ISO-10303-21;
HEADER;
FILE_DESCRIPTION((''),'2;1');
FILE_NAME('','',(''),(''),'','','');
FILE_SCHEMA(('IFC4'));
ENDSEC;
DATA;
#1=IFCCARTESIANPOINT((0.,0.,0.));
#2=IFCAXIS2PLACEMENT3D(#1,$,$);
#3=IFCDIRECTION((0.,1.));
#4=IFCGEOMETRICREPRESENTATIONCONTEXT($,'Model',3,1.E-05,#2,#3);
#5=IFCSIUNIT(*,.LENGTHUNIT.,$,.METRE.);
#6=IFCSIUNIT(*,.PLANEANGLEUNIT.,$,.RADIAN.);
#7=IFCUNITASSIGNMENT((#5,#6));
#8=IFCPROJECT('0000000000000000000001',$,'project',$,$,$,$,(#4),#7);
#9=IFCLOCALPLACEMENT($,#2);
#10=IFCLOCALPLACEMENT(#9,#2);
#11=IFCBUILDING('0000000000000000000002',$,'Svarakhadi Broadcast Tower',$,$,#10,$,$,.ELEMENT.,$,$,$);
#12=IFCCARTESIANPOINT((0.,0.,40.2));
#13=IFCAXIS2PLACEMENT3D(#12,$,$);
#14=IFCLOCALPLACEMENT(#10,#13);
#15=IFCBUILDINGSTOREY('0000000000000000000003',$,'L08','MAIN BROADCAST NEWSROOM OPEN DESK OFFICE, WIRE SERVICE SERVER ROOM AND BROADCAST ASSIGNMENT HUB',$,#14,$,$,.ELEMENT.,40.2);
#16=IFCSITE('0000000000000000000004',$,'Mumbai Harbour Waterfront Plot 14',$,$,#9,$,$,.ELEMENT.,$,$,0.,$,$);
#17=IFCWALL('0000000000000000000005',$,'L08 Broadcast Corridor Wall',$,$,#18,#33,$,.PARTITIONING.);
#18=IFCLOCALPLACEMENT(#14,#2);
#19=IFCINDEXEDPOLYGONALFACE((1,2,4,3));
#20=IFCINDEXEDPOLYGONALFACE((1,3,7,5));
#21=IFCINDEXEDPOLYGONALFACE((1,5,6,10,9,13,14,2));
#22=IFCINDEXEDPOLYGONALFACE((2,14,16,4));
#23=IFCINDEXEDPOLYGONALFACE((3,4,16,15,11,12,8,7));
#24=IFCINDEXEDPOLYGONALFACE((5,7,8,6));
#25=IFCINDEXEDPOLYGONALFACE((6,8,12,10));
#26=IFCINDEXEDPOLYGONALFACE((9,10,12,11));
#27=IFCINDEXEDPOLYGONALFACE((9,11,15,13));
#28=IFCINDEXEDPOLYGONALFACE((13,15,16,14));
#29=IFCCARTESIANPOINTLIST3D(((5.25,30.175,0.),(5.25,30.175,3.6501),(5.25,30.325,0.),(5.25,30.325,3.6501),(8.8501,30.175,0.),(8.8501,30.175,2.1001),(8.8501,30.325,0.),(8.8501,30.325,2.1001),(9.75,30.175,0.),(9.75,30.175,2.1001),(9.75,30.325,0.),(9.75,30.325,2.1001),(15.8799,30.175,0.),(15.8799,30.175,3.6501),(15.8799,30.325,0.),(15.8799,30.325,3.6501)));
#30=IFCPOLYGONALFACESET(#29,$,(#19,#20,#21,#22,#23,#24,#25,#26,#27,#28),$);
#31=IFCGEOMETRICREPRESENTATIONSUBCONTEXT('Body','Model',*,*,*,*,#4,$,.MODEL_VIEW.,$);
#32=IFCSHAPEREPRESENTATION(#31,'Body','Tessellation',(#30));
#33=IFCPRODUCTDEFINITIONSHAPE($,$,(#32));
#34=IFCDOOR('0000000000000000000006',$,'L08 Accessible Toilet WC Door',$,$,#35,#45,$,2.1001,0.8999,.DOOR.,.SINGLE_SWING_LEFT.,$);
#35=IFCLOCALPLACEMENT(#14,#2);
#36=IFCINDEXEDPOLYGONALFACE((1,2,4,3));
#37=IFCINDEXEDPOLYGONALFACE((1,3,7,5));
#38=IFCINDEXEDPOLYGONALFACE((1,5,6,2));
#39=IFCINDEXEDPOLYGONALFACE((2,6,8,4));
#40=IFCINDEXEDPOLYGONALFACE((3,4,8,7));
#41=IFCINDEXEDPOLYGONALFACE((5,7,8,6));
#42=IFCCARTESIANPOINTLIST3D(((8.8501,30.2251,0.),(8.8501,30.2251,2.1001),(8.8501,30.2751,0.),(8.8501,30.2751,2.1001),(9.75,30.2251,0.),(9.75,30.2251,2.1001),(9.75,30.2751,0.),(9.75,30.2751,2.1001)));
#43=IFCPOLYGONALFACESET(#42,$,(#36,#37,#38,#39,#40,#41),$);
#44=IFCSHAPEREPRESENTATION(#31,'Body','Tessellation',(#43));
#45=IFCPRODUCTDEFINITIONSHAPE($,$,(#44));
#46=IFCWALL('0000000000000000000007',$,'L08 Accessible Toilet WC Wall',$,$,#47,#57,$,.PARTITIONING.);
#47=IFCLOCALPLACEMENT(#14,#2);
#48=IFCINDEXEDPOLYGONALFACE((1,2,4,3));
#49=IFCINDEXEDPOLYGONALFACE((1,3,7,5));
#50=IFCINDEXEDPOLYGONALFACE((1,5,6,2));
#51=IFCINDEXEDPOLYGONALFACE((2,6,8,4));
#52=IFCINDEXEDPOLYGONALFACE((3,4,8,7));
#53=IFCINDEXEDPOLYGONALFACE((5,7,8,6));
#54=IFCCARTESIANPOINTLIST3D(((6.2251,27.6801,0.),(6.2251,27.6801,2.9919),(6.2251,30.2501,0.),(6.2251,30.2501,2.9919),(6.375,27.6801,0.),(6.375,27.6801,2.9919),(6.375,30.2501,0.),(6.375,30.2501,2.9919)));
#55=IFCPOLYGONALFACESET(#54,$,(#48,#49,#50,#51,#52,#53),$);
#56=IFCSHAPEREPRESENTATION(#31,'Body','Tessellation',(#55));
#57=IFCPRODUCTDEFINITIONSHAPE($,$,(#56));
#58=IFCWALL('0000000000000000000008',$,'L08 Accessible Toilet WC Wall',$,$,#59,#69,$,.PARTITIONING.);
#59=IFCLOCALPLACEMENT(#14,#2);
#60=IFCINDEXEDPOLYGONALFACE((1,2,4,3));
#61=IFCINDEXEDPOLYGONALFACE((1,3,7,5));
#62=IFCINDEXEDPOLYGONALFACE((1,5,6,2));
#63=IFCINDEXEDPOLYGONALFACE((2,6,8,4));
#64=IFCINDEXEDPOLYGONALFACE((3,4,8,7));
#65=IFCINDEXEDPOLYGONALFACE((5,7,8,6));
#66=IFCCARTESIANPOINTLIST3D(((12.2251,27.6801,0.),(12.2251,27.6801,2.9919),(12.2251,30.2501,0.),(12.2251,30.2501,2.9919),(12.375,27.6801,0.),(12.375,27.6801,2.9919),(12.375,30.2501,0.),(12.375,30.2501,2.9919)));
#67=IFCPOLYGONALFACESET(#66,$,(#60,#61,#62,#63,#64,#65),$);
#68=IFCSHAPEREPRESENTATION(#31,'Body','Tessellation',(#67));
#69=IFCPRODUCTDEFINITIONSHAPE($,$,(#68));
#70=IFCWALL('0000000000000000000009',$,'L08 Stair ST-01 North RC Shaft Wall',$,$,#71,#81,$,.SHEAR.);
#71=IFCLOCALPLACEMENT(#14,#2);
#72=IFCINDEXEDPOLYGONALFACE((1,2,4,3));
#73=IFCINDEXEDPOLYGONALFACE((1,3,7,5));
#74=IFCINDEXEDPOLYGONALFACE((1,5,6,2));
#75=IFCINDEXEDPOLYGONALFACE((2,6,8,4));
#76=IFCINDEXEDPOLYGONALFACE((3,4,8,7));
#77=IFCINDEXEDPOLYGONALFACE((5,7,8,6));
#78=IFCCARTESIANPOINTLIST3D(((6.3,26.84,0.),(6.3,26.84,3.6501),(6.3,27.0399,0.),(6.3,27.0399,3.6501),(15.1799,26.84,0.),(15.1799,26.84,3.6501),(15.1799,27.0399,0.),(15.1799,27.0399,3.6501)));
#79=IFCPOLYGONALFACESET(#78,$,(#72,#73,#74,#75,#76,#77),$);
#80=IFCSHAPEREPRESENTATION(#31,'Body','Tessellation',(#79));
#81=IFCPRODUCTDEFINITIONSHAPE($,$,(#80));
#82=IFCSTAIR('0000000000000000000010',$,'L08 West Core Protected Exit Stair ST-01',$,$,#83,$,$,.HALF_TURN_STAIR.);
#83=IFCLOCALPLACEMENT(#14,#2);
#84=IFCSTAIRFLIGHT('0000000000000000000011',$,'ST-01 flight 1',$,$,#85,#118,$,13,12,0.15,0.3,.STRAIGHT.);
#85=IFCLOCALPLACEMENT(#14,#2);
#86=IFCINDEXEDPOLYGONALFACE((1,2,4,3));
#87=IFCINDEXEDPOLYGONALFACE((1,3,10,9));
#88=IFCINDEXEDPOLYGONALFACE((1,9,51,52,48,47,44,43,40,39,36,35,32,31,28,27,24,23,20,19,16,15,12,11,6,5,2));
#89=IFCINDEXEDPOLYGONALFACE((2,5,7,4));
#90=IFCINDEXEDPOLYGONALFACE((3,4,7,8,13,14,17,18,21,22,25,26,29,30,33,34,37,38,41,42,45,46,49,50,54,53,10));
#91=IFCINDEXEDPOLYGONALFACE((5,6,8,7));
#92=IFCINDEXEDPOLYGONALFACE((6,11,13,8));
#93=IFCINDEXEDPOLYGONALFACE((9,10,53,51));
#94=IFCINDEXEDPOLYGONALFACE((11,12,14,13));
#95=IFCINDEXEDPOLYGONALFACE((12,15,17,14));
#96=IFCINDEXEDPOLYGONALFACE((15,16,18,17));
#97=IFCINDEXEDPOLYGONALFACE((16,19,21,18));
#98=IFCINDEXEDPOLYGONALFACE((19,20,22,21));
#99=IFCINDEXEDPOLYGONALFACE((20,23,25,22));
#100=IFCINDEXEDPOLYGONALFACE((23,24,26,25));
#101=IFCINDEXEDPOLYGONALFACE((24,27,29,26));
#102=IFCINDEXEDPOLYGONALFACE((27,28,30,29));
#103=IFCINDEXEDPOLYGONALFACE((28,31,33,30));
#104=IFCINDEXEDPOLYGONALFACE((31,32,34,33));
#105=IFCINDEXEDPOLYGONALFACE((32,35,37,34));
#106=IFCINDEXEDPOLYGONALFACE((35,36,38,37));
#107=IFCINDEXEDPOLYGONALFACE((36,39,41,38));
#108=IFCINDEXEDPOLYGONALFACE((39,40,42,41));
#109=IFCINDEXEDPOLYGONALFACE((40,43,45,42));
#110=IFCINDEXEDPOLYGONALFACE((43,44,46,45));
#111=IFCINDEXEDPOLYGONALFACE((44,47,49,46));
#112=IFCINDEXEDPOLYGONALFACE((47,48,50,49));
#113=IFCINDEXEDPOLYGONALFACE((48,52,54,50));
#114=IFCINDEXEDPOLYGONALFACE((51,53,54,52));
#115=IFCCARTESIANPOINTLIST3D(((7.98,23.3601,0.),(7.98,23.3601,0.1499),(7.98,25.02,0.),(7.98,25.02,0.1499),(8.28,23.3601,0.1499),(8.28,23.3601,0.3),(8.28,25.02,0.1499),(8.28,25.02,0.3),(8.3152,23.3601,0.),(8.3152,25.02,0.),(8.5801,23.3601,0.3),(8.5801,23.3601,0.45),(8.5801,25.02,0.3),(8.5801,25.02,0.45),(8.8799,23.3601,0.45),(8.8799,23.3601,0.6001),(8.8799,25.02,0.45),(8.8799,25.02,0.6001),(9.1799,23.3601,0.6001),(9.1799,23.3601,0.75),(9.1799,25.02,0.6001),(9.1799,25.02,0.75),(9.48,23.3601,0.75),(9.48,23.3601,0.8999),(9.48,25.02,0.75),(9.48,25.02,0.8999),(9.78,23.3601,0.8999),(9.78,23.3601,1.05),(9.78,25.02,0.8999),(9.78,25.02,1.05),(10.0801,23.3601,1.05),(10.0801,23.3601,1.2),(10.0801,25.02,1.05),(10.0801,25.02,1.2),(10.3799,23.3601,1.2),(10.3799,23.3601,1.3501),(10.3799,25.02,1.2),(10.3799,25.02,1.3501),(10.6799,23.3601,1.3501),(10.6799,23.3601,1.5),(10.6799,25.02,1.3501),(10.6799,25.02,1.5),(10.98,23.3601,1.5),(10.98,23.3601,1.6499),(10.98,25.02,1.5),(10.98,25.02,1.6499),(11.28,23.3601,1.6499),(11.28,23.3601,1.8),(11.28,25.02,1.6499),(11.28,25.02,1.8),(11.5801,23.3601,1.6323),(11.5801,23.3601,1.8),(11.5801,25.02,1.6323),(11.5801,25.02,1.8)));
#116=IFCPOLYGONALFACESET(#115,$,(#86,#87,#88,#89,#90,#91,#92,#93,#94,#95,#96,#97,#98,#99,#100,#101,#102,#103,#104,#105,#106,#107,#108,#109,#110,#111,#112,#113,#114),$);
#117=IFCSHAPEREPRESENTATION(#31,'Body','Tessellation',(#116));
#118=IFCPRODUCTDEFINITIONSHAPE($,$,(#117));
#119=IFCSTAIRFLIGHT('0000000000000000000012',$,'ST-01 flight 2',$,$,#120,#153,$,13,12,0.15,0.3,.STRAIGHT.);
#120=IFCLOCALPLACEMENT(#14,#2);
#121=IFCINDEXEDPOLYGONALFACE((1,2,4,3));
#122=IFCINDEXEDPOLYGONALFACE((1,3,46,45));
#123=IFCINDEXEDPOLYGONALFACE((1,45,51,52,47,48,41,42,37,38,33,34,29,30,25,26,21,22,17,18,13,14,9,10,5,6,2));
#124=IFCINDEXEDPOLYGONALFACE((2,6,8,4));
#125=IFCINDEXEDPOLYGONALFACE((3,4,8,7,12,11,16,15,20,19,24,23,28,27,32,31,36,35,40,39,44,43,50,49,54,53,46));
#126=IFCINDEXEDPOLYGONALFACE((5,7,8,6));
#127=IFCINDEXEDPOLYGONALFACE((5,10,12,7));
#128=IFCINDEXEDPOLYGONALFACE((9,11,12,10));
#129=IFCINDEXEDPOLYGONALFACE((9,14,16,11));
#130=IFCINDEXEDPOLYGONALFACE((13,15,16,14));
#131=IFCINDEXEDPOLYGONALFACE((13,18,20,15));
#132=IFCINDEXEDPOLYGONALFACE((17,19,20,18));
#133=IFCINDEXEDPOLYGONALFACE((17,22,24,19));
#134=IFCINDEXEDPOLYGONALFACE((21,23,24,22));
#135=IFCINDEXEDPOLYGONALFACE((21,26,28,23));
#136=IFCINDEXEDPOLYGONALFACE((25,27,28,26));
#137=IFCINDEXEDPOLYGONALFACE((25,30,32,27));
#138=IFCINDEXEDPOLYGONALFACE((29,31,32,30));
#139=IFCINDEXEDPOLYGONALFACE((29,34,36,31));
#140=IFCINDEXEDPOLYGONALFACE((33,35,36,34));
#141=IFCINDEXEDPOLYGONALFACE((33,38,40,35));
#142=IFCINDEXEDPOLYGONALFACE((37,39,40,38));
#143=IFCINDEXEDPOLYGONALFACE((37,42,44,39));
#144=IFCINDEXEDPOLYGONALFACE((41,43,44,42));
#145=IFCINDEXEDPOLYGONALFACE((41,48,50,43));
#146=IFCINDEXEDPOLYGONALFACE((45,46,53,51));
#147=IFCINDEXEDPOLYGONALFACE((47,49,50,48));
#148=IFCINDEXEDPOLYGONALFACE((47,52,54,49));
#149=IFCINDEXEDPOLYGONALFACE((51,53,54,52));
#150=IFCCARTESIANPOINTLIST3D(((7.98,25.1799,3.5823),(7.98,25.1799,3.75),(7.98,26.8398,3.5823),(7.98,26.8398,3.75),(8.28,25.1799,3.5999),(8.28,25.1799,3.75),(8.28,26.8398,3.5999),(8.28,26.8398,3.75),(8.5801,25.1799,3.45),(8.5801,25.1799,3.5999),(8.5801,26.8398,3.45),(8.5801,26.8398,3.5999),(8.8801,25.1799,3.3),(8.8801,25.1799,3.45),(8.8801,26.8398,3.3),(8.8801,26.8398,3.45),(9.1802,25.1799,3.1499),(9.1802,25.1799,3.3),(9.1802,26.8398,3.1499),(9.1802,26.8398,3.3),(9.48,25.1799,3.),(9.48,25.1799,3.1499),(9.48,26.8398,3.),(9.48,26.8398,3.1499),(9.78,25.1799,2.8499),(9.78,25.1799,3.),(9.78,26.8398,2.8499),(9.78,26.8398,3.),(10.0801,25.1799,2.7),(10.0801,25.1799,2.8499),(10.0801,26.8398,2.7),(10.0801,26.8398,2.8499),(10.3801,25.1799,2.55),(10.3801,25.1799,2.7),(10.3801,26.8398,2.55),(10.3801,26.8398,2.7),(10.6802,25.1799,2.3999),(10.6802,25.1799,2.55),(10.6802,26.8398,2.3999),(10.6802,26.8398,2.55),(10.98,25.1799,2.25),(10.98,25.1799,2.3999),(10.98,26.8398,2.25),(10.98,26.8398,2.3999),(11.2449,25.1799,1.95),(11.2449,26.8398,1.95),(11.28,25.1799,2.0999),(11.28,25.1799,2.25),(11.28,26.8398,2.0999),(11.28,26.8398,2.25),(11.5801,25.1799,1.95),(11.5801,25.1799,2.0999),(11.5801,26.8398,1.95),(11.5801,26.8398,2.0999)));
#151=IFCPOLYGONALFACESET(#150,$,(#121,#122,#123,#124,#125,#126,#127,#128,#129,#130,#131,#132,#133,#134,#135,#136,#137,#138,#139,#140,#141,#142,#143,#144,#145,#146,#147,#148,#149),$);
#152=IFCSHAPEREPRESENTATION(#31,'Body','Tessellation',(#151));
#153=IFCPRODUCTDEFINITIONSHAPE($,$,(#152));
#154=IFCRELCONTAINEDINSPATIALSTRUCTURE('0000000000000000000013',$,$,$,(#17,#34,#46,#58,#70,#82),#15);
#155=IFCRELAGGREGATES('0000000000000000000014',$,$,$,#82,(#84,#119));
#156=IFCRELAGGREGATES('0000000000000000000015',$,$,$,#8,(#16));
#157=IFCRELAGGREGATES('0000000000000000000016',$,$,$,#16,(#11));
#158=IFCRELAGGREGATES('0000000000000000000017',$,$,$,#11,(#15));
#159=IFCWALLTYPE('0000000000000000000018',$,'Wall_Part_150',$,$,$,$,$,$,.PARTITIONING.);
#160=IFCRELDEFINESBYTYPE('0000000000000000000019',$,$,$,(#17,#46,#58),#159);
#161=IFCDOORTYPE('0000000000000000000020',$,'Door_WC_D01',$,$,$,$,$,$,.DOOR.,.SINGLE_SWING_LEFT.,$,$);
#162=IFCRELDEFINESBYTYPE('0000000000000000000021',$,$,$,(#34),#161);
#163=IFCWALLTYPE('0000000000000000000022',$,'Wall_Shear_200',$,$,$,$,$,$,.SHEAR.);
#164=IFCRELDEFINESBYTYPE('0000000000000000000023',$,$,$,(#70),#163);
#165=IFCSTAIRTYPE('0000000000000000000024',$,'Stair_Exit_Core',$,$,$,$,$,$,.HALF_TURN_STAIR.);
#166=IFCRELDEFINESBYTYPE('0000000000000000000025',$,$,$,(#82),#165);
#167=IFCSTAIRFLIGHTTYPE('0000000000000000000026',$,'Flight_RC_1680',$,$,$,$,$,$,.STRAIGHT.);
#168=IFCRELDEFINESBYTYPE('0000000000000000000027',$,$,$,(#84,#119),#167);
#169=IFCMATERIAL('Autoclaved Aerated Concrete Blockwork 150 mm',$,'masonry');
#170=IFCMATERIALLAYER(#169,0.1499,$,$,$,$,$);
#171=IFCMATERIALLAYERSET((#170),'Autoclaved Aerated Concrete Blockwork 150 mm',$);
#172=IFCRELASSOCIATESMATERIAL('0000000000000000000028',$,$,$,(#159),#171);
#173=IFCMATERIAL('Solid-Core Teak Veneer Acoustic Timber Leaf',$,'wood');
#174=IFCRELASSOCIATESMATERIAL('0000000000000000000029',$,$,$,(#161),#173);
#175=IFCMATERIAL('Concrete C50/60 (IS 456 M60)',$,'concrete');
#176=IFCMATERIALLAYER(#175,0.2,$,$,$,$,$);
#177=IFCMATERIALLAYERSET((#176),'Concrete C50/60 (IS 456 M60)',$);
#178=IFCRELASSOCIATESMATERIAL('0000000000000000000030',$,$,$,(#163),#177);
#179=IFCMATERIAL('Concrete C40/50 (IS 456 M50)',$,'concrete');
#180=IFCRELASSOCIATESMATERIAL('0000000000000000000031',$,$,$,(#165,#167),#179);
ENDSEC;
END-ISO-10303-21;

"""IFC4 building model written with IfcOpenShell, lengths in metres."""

from ifc_helpers import new_model, si_unit, direction, frame, frame_2d, origin, place, context, subcontext, project, spatial, polyline, rectangle, outline, extrude, material, layer, layer_set, type_object, element, fill, aggregate, save


model = new_model("IFC4")

# Units and contexts
model_context = context("Model", 3, precision=1e-05, world=origin(), true_north=direction((0.0, 1.0)))
body_context = subcontext(model_context, "Body", "Model", "MODEL_VIEW")
ifc_project = project(units=[si_unit("LENGTHUNIT", "METRE"), si_unit("PLANEANGLEUNIT", "RADIAN")], contexts=[model_context])

# Site, building, storey
site_placement = place(None, origin())
site = spatial("IfcSite", under=ifc_project, at=site_placement, Name="Mumbai Harbour Waterfront Plot 14", CompositionType="ELEMENT", RefElevation=0.0)
building_placement = place(site_placement, origin())
building = spatial("IfcBuilding", under=site, at=building_placement, Name="Svarakhadi Broadcast Tower", CompositionType="ELEMENT")
storey_placement = place(building_placement, frame((0.0, 0.0, 40.2)))
storey = spatial("IfcBuildingStorey", under=building, at=storey_placement, Name="L08", Description="MAIN BROADCAST NEWSROOM OPEN DESK OFFICE, WIRE SERVICE SERVER ROOM AND BROADCAST ASSIGNMENT HUB", CompositionType="ELEMENT", Elevation=40.2)

# Shared definitions
ifc_material_1 = material(Name="Concrete C40/50 (IS 456 M50)", Category="concrete")

# Shared definitions
ifc_material_2 = material(Name="Autoclaved Aerated Concrete Blockwork 150 mm", Category="masonry")
ifc_layer_1 = layer(ifc_material_2, 0.1499)
ifc_layer_set_1 = layer_set([ifc_layer_1], Name="Autoclaved Aerated Concrete Blockwork 150 mm")
wall_type_1 = type_object("IfcWallType", Name="Wall_Part_150", PredefinedType="PARTITIONING", material=ifc_layer_set_1)
ifc_material_3 = material(Name="Solid-Core Teak Veneer Acoustic Timber Leaf", Category="wood")

# Wall, opening, door
wall_1_placement = place(storey_placement, frame((15.8799, 30.25, 0.0), z_axis=(0.0, 0.0, 1.0), x_axis=(-1.0, 0.0, 0.0)))
wall_1 = element("IfcWall", 1, at=wall_1_placement, inside=storey, type_object=wall_type_1, Name="L08 Broadcast Corridor Wall", PredefinedType="PARTITIONING", context=body_context, shape_type="SweptSolid", body=[
    extrude(rectangle(XDim=10.6299, YDim=0.1499, at=frame_2d((5.3149, 0.0))), origin(), (0.0, 0.0, 1.0), 3.6501),
])
opening_1_placement = place(wall_1_placement, frame((6.1299, 0.0, 0.0)))
opening_1 = element("IfcOpeningElement", 2, at=opening_1_placement, cuts=wall_1, PredefinedType="OPENING", context=body_context, shape_type="SweptSolid", body=[
    extrude(rectangle(XDim=0.8999, YDim=2.1001, at=frame_2d((0.45, 1.05))), frame((0.0, 0.085, 0.0), z_axis=(0.0, -1.0, 0.0), x_axis=(1.0, 0.0, 0.0)), (0.0, 0.0, 1.0), 0.1699),
])
door_type_1 = type_object("IfcDoorType", Name="Door_WC_D01", OperationType="SINGLE_SWING_LEFT", PredefinedType="DOOR", material=ifc_material_3)
door_1_placement = place(opening_1_placement, origin())
door_1 = element("IfcDoor", 3, at=door_1_placement, inside=storey, type_object=door_type_1, Name="L08 Accessible Toilet WC Door", OperationType="SINGLE_SWING_LEFT", OverallHeight=2.1001, OverallWidth=0.8999, PredefinedType="DOOR", context=body_context, shape_type="SweptSolid", body=[
    extrude(rectangle(XDim=0.8999, YDim=2.1001, at=frame_2d((0.45, 1.05))), frame((0.0, 0.0249, 0.0), z_axis=(0.0, -1.0, 0.0), x_axis=(1.0, 0.0, 0.0)), (0.0, 0.0, 1.0), 0.05),
])
fill(opening_1, door_1)

# Walls
for number, where, z_axis, x_axis, name in (
    (4, (6.3, 27.6799, 0.0), (0.0, 0.0, 1.0), (0.0, 1.0, 0.0), "L08 Accessible Toilet WC Wall"),
    (5, (12.3, 27.6799, 0.0), (0.0, 0.0, 1.0), (0.0, 1.0, 0.0), "L08 Accessible Toilet WC Wall"),
):
    element("IfcWall", number, at=place(storey_placement, frame(where, z_axis=z_axis, x_axis=x_axis)), inside=storey, type_object=wall_type_1, Name=name, PredefinedType="PARTITIONING", context=body_context, shape_type="SweptSolid", body=[
        extrude(rectangle(XDim=2.5701, YDim=0.1499, at=frame_2d((1.2852, 0.0))), origin(), (0.0, 0.0, 1.0), 2.9919),
    ])
ifc_material_4 = material(Name="Concrete C50/60 (IS 456 M60)", Category="concrete")
ifc_layer_2 = layer(ifc_material_4, 0.2)
ifc_layer_set_2 = layer_set([ifc_layer_2], Name="Concrete C50/60 (IS 456 M60)")
wall_type_2 = type_object("IfcWallType", Name="Wall_Shear_200", PredefinedType="SHEAR", material=ifc_layer_set_2)
wall_2_placement = place(storey_placement, frame((6.3, 26.9399, 0.0), z_axis=(0.0, 0.0, 1.0), x_axis=(1.0, 0.0, 0.0)))
element("IfcWall", 6, at=wall_2_placement, inside=storey, type_object=wall_type_2, Name="L08 Stair ST-01 North RC Shaft Wall", PredefinedType="SHEAR", context=body_context, shape_type="SweptSolid", body=[
    extrude(rectangle(XDim=8.8799, YDim=0.2, at=frame_2d((4.4399, 0.0))), origin(), (0.0, 0.0, 1.0), 3.6501),
])

# Stair, stair flights
stair_type = type_object("IfcStairType", Name="Stair_Exit_Core", PredefinedType="HALF_TURN_STAIR", material=ifc_material_1)
stair_placement = place(storey_placement, origin())
stair = element("IfcStair", 7, at=stair_placement, inside=storey, type_object=stair_type, Name="L08 West Core Protected Exit Stair ST-01", PredefinedType="HALF_TURN_STAIR")
stair_flight_type = type_object("IfcStairFlightType", Name="Flight_RC_1680", PredefinedType="STRAIGHT", material=ifc_material_1)
stair_flight_1_placement = place(storey_placement, frame((7.98, 24.1899, 0.0), z_axis=(0.0, 0.0, 1.0), x_axis=(1.0, 0.0, 0.0)))
stair_flight_1 = element("IfcStairFlight", 8, at=stair_flight_1_placement, type_object=stair_flight_type, Name="ST-01 flight 1", NumberOfRisers=13, NumberOfTreads=12, PredefinedType="STRAIGHT", RiserHeight=0.15, TreadLength=0.3, context=body_context, shape_type="SweptSolid", body=[
    extrude(outline(polyline([(0.0, 0.0), (0.0, 0.1499), (0.3, 0.1499), (0.3, 0.3), (0.6001, 0.3), (0.6001, 0.45), (0.8999, 0.45), (0.8999, 0.6001), (1.2, 0.6001), (1.2, 0.75), (1.5, 0.75), (1.5, 0.8999), (1.8, 0.8999), (1.8, 1.05), (2.1001, 1.05), (2.1001, 1.2), (2.3999, 1.2), (2.3999, 1.3501), (2.7, 1.3501), (2.7, 1.5), (3.0, 1.5), (3.0, 1.6499), (3.3, 1.6499), (3.3, 1.8), (3.6001, 1.8), (3.6001, 1.95), (3.6001, 1.6323), (0.3352, 0.0), (0.0, 0.0)])), frame((0.0, 0.8301, 0.0), z_axis=(0.0, -1.0, 0.0), x_axis=(1.0, 0.0, 0.0)), (0.0, 0.0, 1.0), 1.6599),
])
stair_flight_2_placement = place(storey_placement, frame((11.5801, 26.01, 1.95), z_axis=(0.0, 0.0, 1.0), x_axis=(-1.0, 0.0, 0.0)))
stair_flight_2 = element("IfcStairFlight", 9, at=stair_flight_2_placement, type_object=stair_flight_type, Name="ST-01 flight 2", NumberOfRisers=13, NumberOfTreads=12, PredefinedType="STRAIGHT", RiserHeight=0.15, TreadLength=0.3, context=body_context, shape_type="SweptSolid", body=[
    extrude(outline(polyline([(0.0, 0.0), (0.0, 0.1499), (0.3, 0.1499), (0.3, 0.3), (0.6001, 0.3), (0.6001, 0.45), (0.8999, 0.45), (0.8999, 0.6001), (1.2, 0.6001), (1.2, 0.75), (1.5, 0.75), (1.5, 0.8999), (1.8, 0.8999), (1.8, 1.05), (2.1001, 1.05), (2.1001, 1.2), (2.3999, 1.2), (2.3999, 1.3501), (2.7, 1.3501), (2.7, 1.5), (3.0, 1.5), (3.0, 1.6499), (3.3, 1.6499), (3.3, 1.8), (3.6001, 1.8), (3.6001, 1.95), (3.6001, 1.6323), (0.3352, 0.0), (0.0, 0.0)])), frame((0.0, 0.8301, 0.0), z_axis=(0.0, -1.0, 0.0), x_axis=(1.0, 0.0, 0.0)), (0.0, 0.0, 1.0), 1.6599),
])
aggregate(stair, [stair_flight_1, stair_flight_2])

save(model, "model.ifc")
